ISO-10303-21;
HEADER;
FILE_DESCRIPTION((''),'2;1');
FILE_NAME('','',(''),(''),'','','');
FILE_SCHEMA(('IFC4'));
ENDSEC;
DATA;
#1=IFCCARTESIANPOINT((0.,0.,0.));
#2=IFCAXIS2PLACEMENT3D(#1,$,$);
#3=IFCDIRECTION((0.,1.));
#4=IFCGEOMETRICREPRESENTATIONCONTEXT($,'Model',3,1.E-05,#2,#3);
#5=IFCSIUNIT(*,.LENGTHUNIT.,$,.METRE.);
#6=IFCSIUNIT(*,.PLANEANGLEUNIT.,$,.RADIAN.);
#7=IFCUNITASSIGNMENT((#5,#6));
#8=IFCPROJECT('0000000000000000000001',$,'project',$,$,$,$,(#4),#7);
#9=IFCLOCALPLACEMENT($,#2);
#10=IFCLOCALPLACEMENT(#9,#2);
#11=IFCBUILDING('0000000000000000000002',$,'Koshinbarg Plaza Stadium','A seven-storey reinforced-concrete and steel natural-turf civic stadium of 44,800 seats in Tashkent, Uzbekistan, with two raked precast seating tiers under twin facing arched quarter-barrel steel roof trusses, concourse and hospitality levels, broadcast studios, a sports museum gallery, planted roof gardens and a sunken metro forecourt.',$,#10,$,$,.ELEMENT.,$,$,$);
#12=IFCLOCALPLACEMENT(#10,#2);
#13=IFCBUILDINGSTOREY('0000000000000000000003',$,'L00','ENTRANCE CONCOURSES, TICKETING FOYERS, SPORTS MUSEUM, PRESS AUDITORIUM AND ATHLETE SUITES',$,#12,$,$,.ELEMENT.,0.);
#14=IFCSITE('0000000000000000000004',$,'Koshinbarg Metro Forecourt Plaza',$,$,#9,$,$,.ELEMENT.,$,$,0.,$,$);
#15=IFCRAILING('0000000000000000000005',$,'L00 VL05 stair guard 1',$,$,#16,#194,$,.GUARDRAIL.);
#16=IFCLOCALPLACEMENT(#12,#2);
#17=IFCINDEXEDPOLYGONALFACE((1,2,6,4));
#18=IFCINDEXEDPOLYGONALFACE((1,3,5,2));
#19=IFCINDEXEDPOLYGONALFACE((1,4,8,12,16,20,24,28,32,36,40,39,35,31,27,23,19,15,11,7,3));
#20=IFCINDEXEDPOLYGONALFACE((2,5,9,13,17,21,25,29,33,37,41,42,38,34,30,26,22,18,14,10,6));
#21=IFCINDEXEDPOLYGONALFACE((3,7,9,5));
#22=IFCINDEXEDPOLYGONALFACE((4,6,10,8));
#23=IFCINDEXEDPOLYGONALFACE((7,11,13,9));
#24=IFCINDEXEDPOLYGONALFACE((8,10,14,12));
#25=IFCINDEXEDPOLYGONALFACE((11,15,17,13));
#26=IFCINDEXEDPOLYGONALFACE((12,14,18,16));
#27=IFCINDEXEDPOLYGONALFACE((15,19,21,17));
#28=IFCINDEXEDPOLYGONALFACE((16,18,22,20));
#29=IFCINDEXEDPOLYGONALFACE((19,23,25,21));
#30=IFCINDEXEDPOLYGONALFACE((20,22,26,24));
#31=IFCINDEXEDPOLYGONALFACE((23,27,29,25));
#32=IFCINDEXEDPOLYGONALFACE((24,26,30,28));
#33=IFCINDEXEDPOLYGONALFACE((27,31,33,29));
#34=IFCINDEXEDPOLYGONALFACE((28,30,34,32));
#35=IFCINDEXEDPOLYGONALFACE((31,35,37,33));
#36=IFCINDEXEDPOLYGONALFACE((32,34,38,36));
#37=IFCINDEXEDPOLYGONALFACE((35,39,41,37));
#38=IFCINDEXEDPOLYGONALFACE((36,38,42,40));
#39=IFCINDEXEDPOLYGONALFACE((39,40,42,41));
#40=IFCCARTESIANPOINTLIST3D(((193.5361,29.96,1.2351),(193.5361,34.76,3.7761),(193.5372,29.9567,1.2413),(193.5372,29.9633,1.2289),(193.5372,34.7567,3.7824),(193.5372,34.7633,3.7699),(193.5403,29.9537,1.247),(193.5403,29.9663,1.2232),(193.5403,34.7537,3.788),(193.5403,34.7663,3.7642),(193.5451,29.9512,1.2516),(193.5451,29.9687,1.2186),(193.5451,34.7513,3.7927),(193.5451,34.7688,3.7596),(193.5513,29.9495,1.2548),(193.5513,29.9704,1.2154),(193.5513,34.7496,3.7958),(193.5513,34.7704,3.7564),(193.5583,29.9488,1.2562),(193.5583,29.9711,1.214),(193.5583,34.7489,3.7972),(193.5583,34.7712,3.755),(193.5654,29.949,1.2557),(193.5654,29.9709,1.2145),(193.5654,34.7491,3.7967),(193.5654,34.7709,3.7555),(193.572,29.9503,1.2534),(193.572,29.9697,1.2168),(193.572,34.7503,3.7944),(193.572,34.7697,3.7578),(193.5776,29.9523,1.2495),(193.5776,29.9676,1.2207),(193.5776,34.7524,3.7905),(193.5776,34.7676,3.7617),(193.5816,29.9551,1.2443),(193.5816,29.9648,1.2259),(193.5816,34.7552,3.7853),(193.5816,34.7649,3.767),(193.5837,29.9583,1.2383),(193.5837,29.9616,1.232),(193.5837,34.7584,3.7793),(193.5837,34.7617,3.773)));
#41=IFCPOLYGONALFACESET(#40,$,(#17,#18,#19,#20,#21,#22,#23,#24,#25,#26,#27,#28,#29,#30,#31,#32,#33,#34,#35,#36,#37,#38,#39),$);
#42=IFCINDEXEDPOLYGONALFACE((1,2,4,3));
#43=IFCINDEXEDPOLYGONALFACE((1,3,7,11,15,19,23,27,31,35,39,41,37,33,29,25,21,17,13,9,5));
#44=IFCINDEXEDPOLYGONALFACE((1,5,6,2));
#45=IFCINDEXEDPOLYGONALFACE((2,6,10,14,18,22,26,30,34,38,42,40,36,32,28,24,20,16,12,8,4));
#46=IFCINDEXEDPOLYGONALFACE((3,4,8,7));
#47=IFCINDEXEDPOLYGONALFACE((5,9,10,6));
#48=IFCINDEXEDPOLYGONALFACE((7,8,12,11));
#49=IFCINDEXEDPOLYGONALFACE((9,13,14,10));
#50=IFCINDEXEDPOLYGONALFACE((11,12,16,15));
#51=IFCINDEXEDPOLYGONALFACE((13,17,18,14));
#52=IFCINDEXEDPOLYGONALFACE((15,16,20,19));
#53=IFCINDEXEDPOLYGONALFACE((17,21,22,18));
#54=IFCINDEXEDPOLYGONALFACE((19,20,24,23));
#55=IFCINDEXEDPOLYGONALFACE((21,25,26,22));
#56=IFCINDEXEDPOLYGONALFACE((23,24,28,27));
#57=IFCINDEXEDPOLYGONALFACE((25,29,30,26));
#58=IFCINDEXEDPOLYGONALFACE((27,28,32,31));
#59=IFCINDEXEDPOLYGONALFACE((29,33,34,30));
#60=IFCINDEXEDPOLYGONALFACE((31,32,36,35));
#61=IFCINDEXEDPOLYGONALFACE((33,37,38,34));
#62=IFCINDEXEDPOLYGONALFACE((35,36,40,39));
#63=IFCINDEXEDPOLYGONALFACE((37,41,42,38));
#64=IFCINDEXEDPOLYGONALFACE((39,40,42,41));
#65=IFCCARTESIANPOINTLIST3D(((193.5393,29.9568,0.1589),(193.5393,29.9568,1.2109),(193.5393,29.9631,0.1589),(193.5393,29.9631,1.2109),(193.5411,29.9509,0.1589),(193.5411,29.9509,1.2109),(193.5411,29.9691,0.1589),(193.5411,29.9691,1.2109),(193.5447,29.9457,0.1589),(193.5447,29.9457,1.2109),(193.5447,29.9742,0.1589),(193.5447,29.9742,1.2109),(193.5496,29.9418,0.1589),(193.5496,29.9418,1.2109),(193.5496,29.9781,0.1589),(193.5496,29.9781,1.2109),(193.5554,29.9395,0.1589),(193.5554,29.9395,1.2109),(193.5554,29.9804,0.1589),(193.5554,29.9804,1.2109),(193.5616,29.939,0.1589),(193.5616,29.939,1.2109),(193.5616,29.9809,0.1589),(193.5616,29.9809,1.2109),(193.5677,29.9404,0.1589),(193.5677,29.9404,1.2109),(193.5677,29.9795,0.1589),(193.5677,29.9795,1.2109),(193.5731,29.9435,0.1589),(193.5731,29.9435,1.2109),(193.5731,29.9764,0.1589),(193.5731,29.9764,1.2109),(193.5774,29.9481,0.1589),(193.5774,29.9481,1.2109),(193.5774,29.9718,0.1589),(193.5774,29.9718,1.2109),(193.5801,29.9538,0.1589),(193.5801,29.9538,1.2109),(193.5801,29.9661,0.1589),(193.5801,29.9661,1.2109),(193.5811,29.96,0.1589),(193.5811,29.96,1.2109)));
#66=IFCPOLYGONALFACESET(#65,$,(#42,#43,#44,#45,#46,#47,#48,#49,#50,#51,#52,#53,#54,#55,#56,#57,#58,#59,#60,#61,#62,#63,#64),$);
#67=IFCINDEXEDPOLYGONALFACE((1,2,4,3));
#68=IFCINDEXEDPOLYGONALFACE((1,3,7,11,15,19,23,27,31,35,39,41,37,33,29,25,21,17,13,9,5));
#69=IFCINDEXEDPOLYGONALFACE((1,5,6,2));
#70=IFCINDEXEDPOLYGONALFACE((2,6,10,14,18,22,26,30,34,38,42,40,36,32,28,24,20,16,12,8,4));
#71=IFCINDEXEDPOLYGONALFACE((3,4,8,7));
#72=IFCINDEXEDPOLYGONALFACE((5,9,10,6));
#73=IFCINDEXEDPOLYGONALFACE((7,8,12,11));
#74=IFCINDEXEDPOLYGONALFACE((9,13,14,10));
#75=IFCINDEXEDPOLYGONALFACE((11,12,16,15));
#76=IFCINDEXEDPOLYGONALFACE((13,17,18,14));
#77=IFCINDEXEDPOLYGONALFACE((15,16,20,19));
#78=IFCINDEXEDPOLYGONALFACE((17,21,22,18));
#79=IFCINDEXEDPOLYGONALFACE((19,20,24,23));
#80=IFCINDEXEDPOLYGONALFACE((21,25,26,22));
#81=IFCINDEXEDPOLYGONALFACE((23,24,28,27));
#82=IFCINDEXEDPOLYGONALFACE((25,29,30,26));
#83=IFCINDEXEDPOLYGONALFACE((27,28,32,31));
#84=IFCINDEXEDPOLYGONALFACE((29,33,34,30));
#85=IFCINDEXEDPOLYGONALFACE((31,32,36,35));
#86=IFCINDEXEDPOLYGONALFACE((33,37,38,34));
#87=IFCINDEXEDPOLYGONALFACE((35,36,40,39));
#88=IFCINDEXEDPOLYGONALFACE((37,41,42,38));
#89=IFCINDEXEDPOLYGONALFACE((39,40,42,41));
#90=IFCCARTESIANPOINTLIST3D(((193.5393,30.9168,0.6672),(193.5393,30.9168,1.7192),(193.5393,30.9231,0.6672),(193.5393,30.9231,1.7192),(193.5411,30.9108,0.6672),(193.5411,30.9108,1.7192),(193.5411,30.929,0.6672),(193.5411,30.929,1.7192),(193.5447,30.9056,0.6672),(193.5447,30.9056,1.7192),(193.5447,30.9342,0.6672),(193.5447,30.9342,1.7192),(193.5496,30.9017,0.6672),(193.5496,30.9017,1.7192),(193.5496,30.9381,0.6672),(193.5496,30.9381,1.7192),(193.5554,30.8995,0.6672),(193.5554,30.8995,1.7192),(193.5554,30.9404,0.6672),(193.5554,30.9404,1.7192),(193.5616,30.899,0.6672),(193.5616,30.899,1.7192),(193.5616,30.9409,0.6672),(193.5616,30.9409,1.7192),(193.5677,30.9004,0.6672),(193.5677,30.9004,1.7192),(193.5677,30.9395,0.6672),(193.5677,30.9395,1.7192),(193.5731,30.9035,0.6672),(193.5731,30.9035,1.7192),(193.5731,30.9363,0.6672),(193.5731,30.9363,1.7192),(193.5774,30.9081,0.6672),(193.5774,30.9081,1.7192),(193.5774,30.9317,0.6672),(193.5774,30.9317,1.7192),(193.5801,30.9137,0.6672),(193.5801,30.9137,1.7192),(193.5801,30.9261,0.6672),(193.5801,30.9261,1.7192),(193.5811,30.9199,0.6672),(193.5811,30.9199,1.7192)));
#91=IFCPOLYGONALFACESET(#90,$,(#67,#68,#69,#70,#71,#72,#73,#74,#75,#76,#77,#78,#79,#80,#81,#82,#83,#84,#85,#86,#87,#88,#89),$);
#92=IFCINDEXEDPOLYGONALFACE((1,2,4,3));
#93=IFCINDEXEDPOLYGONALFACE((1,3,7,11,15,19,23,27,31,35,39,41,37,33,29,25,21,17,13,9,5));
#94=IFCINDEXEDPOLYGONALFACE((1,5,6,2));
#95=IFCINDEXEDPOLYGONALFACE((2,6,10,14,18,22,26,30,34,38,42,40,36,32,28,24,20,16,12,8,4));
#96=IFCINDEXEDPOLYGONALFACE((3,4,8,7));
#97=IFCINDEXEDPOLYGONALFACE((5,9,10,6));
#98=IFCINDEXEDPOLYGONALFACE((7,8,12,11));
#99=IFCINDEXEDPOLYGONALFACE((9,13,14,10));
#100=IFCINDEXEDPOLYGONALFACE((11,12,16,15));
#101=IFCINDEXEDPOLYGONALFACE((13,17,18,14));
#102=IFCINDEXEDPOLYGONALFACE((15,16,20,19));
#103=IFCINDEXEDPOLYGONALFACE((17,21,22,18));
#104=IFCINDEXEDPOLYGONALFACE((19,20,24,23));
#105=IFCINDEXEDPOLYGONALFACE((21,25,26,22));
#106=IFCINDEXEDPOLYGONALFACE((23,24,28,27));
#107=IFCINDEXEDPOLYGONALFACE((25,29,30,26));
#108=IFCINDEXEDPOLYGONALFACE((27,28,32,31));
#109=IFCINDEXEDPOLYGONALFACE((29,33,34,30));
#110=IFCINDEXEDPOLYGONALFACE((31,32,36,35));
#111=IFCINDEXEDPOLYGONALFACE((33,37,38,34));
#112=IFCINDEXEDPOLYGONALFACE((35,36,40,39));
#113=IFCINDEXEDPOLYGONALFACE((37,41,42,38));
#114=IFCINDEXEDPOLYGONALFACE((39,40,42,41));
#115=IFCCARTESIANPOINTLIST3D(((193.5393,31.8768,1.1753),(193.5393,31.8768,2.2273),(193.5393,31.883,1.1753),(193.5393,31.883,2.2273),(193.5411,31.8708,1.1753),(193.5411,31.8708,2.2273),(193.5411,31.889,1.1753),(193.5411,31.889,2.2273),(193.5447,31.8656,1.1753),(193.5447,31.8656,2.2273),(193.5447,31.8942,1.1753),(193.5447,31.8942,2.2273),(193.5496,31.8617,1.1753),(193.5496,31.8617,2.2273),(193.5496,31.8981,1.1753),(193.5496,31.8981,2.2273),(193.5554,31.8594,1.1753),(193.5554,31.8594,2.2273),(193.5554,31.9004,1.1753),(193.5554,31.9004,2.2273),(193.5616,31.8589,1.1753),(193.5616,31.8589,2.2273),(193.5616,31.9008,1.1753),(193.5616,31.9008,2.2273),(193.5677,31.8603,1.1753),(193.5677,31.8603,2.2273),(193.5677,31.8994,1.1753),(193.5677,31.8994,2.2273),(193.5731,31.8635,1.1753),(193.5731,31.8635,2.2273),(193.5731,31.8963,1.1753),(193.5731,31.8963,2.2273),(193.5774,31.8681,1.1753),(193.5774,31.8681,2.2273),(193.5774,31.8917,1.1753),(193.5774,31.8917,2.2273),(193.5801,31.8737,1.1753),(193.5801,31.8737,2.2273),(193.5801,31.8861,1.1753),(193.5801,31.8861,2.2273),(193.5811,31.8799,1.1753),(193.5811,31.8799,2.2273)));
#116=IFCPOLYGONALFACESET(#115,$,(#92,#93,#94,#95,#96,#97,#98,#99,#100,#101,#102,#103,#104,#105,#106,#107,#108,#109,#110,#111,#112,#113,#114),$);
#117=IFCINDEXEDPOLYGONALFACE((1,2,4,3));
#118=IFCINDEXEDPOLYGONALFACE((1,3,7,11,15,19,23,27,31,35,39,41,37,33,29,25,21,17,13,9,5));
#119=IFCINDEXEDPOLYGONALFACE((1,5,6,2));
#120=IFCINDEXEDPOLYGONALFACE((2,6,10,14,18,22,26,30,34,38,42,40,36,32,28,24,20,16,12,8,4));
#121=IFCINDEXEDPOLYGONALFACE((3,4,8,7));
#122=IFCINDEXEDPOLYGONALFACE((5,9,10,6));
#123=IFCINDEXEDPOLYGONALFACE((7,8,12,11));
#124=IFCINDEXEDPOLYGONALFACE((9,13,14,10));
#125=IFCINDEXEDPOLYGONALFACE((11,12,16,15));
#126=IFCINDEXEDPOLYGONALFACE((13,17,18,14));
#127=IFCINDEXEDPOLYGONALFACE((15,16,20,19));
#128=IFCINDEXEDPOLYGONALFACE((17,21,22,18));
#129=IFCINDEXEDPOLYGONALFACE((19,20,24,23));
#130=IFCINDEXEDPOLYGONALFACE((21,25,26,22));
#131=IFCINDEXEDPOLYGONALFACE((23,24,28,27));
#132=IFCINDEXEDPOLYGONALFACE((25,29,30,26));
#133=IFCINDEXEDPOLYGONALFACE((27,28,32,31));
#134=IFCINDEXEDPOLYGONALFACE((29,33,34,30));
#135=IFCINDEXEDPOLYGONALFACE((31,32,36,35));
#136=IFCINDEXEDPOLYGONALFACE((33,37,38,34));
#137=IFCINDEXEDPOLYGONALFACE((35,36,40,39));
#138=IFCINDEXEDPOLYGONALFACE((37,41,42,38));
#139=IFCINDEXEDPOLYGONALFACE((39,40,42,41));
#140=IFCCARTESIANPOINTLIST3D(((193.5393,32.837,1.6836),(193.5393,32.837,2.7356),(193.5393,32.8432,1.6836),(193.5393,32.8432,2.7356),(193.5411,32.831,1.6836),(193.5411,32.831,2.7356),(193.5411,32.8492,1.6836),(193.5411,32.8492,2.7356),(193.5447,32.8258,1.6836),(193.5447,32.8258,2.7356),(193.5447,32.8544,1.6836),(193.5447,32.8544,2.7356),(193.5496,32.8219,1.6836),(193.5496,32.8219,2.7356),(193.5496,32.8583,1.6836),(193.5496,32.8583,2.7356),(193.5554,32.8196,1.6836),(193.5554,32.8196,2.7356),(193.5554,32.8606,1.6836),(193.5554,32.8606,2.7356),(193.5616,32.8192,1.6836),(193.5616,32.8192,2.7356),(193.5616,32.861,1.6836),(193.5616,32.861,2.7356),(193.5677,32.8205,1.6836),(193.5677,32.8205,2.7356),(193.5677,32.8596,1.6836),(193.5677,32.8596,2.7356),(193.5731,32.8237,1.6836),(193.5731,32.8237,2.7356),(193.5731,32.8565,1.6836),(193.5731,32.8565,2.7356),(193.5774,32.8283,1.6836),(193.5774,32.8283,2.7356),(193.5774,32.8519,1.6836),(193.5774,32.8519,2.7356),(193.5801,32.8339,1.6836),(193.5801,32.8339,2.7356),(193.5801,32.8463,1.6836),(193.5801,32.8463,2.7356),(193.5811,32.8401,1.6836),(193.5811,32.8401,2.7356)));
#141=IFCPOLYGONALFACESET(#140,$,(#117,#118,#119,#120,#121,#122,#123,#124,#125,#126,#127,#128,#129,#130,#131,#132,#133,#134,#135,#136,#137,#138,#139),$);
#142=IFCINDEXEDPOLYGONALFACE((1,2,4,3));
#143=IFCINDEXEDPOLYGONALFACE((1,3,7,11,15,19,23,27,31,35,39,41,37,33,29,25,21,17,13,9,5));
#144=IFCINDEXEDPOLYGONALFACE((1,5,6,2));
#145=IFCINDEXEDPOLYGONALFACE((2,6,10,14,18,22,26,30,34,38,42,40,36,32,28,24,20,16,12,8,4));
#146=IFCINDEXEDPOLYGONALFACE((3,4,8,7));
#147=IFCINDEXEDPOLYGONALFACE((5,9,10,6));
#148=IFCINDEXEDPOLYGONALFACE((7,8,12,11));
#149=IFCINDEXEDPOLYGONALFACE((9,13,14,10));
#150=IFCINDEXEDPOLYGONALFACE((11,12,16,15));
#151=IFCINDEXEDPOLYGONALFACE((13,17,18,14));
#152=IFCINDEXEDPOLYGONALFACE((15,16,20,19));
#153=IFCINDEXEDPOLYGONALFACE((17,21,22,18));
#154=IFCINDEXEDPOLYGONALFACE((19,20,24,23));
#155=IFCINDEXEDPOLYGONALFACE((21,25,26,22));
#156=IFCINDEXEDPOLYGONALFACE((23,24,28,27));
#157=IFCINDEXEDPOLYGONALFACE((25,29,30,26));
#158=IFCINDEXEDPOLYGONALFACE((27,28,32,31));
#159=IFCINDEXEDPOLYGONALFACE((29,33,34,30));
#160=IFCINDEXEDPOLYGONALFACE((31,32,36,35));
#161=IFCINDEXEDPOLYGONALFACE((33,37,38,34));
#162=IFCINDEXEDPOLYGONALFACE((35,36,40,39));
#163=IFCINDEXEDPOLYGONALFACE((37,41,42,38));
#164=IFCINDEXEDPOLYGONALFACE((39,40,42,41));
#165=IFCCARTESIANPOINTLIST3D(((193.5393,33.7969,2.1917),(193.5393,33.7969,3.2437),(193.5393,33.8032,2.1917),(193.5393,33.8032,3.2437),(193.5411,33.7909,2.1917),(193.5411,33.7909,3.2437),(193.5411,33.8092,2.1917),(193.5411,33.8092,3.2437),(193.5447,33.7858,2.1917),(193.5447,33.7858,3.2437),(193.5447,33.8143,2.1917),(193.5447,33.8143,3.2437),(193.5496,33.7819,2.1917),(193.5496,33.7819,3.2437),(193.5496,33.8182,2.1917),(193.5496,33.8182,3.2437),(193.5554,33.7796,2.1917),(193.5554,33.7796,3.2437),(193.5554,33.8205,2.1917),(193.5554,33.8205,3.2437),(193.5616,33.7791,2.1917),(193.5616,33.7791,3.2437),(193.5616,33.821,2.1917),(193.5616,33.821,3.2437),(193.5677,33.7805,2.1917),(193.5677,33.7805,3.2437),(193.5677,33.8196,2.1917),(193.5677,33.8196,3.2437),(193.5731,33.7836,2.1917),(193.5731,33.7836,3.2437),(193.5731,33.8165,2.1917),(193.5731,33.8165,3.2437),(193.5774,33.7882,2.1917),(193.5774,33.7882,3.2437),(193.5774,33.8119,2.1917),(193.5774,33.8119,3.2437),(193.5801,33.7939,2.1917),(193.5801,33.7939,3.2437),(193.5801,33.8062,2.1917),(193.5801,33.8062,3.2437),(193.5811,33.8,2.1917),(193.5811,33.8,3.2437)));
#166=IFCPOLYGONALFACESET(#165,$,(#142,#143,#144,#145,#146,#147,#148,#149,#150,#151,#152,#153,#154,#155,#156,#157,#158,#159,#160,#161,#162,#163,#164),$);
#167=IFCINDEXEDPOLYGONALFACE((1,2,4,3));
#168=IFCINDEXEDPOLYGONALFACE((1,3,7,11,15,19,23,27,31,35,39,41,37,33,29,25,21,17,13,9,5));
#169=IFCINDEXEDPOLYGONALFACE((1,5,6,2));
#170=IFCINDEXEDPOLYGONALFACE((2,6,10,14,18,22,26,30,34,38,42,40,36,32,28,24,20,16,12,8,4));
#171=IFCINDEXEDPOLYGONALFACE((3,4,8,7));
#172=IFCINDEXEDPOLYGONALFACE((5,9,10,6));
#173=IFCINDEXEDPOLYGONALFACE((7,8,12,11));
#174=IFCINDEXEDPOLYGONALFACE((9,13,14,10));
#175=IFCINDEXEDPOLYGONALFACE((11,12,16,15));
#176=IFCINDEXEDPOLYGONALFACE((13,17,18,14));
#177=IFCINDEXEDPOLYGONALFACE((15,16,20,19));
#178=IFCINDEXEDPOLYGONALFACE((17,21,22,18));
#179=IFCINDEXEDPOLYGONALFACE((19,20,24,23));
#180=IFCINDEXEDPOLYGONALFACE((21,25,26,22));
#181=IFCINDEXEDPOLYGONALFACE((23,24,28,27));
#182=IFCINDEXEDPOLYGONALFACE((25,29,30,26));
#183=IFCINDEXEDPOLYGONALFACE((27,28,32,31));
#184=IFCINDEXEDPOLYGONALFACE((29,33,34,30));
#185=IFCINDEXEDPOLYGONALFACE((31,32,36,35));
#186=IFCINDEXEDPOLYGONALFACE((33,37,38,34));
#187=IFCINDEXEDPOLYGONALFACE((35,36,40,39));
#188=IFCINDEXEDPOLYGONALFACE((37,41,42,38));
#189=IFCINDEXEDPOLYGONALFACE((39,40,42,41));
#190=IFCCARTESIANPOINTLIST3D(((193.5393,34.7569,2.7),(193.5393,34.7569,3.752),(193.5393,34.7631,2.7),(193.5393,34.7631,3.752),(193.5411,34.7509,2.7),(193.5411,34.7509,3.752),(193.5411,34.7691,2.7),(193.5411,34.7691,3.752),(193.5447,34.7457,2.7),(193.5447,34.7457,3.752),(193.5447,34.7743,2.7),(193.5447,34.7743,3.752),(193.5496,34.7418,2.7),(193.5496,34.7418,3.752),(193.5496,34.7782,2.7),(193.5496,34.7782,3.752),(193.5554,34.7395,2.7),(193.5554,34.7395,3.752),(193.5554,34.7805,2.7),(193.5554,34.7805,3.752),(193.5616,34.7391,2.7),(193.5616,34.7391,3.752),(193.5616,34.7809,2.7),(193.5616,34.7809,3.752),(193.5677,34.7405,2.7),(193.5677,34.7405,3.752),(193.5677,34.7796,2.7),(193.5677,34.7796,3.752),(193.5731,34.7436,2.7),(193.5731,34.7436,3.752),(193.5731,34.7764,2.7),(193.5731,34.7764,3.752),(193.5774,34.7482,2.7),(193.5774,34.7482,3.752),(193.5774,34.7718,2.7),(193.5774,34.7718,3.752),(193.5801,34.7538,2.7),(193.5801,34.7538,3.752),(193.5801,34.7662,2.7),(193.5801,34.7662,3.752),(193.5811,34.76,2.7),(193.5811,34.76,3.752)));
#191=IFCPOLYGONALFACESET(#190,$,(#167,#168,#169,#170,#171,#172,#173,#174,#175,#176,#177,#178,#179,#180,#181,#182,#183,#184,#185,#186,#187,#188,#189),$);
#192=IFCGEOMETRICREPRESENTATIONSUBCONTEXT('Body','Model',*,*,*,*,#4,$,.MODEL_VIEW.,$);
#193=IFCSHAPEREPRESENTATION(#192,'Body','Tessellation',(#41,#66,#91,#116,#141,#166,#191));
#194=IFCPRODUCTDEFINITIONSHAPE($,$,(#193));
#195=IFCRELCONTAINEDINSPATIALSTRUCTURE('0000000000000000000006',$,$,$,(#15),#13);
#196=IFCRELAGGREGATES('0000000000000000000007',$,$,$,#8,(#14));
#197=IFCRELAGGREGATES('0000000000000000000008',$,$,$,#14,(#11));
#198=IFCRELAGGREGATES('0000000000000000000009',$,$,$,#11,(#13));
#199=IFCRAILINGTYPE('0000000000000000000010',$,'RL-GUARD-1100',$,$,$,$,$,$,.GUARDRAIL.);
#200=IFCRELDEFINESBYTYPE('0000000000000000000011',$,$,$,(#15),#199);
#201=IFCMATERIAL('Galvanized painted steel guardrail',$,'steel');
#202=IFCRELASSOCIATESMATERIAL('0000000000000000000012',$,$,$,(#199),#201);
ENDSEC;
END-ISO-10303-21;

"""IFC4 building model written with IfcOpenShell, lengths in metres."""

from ifc_helpers import new_model, si_unit, direction, frame, origin, origin_2d, place, context, subcontext, project, spatial, circle, extrude, material, type_object, element, save


model = new_model("IFC4")

# Units and contexts
model_context = context("Model", 3, precision=1e-05, world=origin(), true_north=direction((0.0, 1.0)))
body_context = subcontext(model_context, "Body", "Model", "MODEL_VIEW")
ifc_project = project(units=[si_unit("LENGTHUNIT", "METRE"), si_unit("PLANEANGLEUNIT", "RADIAN")], contexts=[model_context])

# Site, building, storey
site_placement = place(None, origin())
site = spatial("IfcSite", under=ifc_project, at=site_placement, Name="Koshinbarg Metro Forecourt Plaza", CompositionType="ELEMENT", RefElevation=0.0)
building_placement = place(site_placement, origin())
building = spatial("IfcBuilding", under=site, at=building_placement, Name="Koshinbarg Plaza Stadium", Description="A seven-storey reinforced-concrete and steel natural-turf civic stadium of 44,800 seats in Tashkent, Uzbekistan, with two raked precast seating tiers under twin facing arched quarter-barrel steel roof trusses, concourse and hospitality levels, broadcast studios, a sports museum gallery, planted roof gardens and a sunken metro forecourt.", CompositionType="ELEMENT")
storey_placement = place(building_placement, origin())
storey = spatial("IfcBuildingStorey", under=building, at=storey_placement, Name="L00", Description="ENTRANCE CONCOURSES, TICKETING FOYERS, SPORTS MUSEUM, PRESS AUDITORIUM AND ATHLETE SUITES", CompositionType="ELEMENT", Elevation=0.0)

# Railing
ifc_material_1 = material(Name="Galvanized painted steel guardrail", Category="steel")
railing_type_1 = type_object("IfcRailingType", Name="RL-GUARD-1100", PredefinedType="GUARDRAIL", material=ifc_material_1)
railing_1_placement = place(storey_placement, frame((193.5601, 29.96, 0.1589)))
element("IfcRailing", 1, at=railing_1_placement, inside=storey, type_object=railing_type_1, Name="L00 VL05 stair guard 1", PredefinedType="GUARDRAIL", context=body_context, shape_type="SweptSolid", body=[
    extrude(circle(Radius=0.0239, at=origin_2d()), frame((0.0, 0.0, 1.0762), z_axis=(0.0, 0.883802, 0.467861), x_axis=(-1.0, 0.0, 0.0)), (0.0, 0.0, 1.0), 5.4312),
    extrude(circle(Radius=0.021, at=origin_2d()), origin(), (0.0, 0.0, 1.0), 1.052),
    extrude(circle(Radius=0.021, at=origin_2d()), frame((0.0, 0.96, 0.5083)), (0.0, 0.0, 1.0), 1.052),
    extrude(circle(Radius=0.021, at=origin_2d()), frame((0.0, 1.9199, 1.0164)), (0.0, 0.0, 1.0), 1.052),
    extrude(circle(Radius=0.021, at=origin_2d()), frame((0.0, 2.8801, 1.5247)), (0.0, 0.0, 1.0), 1.052),
    extrude(circle(Radius=0.021, at=origin_2d()), frame((0.0, 3.8401, 2.0327)), (0.0, 0.0, 1.0), 1.052),
    extrude(circle(Radius=0.021, at=origin_2d()), frame((0.0, 4.8, 2.541)), (0.0, 0.0, 1.0), 1.052),
])

save(model, "model.ifc")
